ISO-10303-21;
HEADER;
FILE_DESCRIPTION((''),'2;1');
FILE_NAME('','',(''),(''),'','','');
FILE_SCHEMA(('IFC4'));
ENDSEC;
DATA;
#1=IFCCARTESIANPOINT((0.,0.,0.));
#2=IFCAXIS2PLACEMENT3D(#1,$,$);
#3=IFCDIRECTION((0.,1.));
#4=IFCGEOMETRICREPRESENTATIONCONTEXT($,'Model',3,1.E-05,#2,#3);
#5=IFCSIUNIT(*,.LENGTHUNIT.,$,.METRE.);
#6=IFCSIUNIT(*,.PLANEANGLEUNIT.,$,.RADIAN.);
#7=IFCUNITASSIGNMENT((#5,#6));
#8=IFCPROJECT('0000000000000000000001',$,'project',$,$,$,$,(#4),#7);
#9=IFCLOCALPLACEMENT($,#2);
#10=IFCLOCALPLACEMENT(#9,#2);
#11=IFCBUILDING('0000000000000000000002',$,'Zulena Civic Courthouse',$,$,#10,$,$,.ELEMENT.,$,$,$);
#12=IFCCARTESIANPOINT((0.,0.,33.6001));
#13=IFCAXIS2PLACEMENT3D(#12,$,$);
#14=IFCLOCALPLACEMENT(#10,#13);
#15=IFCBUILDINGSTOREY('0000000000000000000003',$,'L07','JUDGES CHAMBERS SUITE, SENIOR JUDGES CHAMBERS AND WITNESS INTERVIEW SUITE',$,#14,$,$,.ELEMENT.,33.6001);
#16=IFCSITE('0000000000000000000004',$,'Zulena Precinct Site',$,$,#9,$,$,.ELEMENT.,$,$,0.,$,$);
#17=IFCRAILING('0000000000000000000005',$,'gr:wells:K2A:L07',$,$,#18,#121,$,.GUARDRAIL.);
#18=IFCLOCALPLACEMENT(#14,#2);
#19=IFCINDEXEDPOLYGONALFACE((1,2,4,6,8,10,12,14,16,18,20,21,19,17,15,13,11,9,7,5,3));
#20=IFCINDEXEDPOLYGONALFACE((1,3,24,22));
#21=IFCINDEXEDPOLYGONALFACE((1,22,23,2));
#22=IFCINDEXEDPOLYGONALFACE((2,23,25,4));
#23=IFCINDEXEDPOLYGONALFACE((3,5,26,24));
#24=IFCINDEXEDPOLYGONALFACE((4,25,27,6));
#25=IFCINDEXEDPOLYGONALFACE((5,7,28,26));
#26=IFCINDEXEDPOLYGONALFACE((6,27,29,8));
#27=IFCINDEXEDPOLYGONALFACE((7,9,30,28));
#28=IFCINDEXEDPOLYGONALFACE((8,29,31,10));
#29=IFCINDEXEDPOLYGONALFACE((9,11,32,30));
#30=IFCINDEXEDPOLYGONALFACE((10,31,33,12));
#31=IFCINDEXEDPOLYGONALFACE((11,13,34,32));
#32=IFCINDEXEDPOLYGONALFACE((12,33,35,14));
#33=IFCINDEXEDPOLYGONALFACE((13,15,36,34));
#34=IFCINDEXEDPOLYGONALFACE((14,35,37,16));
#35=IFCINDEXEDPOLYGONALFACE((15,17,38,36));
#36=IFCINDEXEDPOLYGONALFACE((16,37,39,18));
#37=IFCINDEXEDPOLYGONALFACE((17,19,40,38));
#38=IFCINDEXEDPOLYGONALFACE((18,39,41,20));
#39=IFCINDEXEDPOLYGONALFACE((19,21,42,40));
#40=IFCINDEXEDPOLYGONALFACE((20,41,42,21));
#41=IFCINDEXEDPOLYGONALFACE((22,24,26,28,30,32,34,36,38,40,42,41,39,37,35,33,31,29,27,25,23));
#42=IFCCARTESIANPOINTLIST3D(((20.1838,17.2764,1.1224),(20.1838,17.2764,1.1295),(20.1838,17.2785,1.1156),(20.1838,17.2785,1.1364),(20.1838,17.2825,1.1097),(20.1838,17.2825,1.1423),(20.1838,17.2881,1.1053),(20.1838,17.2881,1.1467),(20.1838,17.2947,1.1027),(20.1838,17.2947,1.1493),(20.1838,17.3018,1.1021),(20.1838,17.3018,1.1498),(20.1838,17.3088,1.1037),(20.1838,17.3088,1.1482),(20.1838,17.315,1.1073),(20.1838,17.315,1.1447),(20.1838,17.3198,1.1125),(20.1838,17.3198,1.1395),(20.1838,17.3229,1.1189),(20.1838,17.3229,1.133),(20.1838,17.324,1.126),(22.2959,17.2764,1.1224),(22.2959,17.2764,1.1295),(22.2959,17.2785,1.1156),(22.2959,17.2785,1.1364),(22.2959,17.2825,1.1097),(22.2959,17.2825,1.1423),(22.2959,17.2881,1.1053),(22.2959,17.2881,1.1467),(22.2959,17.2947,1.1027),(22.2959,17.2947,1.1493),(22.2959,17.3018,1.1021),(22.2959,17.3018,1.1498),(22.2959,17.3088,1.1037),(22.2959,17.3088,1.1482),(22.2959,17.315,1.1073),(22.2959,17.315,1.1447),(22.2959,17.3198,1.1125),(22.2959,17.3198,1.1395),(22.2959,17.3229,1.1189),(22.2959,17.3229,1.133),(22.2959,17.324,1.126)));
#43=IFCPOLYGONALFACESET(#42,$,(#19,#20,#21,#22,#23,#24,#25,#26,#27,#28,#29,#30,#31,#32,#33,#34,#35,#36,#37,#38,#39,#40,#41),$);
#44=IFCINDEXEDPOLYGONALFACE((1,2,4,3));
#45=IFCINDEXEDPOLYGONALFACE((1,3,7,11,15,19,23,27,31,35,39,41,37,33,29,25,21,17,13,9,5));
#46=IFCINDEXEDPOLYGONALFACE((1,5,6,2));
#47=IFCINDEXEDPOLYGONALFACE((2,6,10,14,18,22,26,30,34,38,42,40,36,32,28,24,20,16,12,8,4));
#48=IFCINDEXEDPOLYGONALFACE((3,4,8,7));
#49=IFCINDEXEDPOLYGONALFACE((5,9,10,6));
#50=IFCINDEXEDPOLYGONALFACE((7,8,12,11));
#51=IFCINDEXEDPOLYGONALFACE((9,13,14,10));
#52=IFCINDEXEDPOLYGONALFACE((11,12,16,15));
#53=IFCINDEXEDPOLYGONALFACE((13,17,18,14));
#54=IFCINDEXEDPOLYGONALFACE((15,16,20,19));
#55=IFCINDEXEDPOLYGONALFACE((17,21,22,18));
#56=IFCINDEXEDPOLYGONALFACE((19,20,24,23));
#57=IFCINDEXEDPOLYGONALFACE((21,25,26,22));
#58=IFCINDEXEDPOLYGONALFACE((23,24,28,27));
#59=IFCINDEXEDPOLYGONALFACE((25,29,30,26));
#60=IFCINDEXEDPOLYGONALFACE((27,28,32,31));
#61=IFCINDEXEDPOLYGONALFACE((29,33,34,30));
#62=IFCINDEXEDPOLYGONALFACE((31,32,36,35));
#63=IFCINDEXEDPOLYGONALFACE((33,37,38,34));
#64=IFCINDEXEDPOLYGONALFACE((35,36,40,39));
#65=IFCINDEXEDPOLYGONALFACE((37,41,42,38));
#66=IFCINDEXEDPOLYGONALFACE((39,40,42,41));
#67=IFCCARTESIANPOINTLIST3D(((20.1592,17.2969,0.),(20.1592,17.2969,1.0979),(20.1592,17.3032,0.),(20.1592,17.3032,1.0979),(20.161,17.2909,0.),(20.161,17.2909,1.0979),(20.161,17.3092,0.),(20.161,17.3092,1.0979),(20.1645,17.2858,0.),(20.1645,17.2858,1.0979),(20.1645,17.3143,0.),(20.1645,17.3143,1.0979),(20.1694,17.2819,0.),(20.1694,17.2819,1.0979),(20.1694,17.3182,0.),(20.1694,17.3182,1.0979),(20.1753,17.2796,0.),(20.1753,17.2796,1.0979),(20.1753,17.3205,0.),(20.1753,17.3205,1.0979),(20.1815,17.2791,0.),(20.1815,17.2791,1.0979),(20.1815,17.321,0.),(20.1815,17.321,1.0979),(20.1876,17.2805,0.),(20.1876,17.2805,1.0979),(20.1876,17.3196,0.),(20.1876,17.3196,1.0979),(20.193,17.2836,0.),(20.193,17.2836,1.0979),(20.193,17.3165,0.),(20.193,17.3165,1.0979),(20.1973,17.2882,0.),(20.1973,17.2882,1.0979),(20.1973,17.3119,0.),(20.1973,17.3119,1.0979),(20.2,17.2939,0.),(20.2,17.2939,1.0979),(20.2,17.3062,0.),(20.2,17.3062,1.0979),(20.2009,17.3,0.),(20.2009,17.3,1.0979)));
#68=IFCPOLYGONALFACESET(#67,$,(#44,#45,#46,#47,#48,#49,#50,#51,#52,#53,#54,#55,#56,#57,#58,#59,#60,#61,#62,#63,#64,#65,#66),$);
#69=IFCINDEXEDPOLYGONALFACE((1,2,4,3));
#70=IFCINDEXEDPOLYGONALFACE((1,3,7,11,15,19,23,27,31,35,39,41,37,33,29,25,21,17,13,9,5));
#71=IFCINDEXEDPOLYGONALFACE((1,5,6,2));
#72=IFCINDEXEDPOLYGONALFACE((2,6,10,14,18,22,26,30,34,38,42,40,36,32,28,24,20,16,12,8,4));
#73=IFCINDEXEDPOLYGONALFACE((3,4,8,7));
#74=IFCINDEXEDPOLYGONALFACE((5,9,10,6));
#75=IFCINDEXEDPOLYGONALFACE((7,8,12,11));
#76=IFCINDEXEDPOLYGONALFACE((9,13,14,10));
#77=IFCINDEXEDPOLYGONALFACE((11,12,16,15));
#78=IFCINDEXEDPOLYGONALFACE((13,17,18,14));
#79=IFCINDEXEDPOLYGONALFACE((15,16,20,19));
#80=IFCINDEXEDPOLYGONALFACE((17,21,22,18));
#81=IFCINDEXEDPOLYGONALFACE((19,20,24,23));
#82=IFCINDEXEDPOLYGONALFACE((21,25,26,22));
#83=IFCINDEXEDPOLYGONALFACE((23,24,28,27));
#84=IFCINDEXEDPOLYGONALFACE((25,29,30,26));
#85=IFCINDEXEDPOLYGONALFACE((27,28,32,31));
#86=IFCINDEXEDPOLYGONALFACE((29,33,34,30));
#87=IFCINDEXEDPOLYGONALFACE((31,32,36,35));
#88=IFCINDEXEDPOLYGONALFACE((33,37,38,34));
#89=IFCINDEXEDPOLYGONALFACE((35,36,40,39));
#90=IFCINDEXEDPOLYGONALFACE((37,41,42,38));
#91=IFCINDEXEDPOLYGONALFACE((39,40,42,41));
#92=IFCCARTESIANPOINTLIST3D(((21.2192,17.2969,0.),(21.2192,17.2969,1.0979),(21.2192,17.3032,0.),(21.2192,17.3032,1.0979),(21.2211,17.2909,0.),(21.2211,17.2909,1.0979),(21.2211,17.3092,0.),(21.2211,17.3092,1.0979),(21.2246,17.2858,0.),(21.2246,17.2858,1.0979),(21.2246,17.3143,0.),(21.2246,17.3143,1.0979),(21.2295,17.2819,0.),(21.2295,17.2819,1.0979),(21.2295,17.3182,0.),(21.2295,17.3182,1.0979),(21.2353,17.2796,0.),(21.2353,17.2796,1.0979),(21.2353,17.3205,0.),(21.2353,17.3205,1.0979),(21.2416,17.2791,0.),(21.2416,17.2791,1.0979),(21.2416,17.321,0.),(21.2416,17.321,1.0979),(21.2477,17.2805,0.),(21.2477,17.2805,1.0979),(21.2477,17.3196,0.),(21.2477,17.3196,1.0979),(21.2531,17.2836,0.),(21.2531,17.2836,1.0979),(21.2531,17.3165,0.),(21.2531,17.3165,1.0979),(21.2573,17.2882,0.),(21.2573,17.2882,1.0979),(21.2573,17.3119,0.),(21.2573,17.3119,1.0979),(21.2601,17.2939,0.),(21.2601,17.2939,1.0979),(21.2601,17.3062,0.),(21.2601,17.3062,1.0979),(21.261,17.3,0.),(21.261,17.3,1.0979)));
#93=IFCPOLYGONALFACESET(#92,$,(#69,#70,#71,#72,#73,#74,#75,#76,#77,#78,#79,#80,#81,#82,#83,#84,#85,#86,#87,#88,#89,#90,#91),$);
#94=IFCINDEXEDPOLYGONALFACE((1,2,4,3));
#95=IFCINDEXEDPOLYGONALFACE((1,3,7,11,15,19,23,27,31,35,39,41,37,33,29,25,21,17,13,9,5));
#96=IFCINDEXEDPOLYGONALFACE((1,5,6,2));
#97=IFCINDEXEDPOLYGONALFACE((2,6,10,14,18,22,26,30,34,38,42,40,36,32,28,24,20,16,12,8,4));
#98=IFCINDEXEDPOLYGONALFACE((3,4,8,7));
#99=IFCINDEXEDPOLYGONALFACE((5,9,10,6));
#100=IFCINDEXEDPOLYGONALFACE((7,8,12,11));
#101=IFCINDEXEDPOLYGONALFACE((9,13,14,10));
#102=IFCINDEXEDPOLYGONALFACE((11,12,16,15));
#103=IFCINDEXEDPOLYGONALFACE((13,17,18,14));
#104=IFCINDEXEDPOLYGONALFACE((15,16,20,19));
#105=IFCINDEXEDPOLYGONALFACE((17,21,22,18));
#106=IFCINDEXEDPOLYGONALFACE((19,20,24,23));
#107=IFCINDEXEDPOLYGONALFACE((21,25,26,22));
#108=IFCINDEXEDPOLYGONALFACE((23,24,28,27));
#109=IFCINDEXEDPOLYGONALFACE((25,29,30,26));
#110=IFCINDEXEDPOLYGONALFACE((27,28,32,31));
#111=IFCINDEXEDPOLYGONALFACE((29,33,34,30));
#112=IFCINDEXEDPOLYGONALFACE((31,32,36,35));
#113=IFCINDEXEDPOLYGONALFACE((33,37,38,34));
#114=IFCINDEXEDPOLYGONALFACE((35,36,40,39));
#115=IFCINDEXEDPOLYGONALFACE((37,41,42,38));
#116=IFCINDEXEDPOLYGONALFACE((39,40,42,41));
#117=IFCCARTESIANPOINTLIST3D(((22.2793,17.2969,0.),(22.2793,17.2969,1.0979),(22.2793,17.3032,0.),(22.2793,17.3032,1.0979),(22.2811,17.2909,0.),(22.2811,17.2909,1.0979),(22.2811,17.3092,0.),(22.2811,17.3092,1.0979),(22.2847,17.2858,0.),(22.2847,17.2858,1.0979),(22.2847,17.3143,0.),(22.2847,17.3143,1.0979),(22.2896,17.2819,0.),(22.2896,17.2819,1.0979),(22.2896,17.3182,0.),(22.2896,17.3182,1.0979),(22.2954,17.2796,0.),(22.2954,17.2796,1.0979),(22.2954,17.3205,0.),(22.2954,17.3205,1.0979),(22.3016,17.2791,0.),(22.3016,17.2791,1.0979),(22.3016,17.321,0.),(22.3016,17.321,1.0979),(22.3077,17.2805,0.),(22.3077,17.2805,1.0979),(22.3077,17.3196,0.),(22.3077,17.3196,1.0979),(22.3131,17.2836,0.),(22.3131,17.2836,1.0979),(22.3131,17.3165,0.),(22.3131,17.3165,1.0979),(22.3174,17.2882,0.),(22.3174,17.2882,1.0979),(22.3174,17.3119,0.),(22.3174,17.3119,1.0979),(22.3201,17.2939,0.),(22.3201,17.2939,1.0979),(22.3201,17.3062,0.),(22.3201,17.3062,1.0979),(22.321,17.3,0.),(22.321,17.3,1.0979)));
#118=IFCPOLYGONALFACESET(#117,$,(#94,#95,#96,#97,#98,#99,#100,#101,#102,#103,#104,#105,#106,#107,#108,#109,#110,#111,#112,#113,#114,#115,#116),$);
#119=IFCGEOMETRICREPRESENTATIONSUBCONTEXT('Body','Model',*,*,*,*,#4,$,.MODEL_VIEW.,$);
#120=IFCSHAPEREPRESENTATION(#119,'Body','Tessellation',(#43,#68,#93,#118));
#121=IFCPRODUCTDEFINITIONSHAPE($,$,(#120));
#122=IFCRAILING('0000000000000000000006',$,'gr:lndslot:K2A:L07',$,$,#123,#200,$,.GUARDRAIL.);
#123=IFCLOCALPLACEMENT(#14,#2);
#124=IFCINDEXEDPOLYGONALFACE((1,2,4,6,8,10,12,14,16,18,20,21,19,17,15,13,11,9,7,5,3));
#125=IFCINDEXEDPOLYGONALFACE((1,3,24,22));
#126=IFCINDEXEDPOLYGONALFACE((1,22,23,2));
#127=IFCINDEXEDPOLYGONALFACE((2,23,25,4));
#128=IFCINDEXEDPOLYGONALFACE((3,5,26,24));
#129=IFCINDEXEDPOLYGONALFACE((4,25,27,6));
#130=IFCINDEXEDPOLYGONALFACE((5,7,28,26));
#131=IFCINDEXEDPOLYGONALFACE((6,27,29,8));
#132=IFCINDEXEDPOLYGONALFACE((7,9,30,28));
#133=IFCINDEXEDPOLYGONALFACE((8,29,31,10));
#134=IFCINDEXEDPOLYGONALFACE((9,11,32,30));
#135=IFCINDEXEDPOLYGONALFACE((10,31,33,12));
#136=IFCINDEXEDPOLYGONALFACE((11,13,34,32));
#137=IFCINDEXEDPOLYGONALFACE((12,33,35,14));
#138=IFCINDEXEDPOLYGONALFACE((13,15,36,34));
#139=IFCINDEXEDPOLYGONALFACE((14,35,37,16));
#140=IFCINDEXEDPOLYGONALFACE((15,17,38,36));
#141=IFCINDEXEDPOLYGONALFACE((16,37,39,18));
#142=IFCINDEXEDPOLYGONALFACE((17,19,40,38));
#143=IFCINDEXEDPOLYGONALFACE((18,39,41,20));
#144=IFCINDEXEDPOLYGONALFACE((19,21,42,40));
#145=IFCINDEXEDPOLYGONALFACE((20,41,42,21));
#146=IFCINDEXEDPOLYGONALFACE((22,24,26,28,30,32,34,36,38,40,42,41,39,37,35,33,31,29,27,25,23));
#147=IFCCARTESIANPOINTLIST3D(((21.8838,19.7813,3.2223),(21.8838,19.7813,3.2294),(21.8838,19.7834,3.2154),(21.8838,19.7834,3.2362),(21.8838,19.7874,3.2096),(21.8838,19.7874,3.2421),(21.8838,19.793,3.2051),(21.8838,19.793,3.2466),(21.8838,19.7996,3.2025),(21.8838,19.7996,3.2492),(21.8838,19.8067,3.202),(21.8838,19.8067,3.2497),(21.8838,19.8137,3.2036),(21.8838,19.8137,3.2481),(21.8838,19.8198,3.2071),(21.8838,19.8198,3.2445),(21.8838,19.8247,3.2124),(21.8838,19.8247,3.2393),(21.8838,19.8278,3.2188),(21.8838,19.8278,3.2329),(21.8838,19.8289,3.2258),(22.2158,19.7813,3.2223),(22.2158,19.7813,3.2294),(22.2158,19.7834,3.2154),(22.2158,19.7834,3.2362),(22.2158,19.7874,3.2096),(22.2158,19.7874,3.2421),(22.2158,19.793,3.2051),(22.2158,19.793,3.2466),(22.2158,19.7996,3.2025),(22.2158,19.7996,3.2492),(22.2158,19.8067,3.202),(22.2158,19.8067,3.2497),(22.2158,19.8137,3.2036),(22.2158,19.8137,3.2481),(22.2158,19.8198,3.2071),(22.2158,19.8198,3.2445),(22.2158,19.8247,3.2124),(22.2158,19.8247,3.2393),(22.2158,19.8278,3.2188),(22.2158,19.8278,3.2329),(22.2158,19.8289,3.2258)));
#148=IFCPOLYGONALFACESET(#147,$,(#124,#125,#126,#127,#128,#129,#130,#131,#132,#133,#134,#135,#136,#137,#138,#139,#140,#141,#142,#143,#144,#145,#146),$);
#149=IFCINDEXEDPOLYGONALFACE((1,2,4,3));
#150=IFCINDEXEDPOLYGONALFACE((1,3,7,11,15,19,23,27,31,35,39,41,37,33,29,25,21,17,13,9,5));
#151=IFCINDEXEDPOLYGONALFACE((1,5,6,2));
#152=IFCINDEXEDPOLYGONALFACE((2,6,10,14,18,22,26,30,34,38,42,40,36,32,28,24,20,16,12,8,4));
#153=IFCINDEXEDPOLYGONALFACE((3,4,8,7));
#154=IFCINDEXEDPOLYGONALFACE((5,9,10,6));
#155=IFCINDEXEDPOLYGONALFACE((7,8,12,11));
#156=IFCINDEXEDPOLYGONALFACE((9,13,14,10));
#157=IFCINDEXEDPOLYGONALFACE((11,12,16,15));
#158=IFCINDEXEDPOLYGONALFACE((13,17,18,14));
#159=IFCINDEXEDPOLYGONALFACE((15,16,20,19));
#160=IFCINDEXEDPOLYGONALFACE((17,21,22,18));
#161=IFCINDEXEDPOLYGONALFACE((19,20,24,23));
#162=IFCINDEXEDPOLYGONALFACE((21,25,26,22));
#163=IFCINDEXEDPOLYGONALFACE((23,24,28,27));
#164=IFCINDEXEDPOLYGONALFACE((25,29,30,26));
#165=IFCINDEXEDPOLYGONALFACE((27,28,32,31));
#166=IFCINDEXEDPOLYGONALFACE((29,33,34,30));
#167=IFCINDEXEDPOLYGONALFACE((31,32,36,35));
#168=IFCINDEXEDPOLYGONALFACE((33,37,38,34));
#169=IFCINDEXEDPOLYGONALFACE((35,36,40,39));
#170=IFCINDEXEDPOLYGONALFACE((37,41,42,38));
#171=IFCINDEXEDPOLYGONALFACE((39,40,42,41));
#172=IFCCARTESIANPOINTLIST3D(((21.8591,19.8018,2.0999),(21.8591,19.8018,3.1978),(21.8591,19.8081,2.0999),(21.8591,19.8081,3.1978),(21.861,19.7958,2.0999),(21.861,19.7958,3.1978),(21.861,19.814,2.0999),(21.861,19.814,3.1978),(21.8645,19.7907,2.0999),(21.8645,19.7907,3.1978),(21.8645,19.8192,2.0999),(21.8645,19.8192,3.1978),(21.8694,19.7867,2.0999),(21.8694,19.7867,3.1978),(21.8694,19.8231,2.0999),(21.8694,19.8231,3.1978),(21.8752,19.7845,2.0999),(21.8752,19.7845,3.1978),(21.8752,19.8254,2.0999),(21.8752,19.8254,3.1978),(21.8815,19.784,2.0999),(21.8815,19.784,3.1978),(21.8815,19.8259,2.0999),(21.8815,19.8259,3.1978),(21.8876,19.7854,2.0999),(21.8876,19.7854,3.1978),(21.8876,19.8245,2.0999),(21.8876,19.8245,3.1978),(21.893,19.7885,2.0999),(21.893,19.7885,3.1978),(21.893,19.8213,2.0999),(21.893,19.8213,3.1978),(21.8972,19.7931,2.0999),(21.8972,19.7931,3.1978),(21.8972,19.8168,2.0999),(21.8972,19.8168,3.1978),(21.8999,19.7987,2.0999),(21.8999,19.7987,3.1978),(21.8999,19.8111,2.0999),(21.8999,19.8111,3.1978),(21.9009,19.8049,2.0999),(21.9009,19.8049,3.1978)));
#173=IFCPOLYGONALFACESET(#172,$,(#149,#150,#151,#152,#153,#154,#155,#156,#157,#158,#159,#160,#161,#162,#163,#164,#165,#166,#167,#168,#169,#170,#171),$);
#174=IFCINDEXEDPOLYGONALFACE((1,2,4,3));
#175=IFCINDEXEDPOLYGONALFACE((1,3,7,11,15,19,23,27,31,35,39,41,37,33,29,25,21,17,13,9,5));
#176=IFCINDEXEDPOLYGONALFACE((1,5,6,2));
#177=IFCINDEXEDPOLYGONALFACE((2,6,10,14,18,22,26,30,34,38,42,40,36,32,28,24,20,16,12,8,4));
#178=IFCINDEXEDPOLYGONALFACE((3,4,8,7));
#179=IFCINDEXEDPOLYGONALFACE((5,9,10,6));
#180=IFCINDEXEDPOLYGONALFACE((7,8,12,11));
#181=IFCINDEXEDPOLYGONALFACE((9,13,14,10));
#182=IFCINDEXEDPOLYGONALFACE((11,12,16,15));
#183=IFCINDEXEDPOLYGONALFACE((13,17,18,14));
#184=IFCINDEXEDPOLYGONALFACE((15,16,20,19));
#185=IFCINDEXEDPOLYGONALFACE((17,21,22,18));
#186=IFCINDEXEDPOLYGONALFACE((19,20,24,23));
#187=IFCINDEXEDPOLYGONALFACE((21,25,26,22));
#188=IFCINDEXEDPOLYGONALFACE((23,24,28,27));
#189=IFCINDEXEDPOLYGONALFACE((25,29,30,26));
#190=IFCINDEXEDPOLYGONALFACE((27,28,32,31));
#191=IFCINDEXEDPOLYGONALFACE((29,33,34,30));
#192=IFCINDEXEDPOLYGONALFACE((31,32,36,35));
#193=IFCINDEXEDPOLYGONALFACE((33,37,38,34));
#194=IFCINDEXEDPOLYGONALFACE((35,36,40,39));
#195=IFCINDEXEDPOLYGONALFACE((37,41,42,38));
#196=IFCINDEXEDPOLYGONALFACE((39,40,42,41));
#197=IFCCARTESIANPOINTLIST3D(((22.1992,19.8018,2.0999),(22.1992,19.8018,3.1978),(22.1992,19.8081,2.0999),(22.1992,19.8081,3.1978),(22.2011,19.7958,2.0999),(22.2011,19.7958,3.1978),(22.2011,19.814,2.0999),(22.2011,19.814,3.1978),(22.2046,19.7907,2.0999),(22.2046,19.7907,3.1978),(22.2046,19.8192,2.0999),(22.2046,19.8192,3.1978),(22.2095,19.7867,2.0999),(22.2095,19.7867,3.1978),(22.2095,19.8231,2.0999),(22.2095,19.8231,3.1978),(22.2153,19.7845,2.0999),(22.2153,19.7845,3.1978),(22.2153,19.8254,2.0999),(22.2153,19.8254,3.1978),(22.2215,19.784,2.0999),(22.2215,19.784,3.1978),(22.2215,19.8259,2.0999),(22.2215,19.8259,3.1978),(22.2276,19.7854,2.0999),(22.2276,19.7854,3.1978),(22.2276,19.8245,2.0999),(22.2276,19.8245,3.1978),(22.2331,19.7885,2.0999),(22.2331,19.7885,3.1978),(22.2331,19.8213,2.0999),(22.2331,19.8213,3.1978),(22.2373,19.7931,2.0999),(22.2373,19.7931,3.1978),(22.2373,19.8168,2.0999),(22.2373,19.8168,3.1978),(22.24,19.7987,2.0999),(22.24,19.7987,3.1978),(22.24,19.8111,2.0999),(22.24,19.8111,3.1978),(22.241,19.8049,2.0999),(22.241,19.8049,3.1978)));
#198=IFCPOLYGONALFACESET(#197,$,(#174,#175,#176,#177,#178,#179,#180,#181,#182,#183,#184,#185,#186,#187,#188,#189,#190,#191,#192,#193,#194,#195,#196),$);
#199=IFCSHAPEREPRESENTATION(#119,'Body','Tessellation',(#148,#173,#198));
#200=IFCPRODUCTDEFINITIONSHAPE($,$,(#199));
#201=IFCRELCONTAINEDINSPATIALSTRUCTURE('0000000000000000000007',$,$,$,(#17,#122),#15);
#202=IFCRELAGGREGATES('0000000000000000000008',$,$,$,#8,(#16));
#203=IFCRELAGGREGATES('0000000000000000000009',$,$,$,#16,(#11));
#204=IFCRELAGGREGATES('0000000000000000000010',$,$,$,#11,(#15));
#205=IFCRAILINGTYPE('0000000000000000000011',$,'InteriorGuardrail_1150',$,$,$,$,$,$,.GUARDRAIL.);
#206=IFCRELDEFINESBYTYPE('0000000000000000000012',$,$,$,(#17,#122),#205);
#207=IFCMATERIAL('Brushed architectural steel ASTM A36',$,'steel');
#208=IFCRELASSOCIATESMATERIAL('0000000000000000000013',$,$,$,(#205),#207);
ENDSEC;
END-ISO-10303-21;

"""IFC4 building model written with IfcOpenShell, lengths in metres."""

from ifc_helpers import new_model, si_unit, direction, frame, origin, origin_2d, place, context, subcontext, project, spatial, circle, extrude, material, type_object, element, save


model = new_model("IFC4")

# Units and contexts
model_context = context("Model", 3, precision=1e-05, world=origin(), true_north=direction((0.0, 1.0)))
body_context = subcontext(model_context, "Body", "Model", "MODEL_VIEW")
ifc_project = project(units=[si_unit("LENGTHUNIT", "METRE"), si_unit("PLANEANGLEUNIT", "RADIAN")], contexts=[model_context])

# Site, building, storey
site_placement = place(None, origin())
site = spatial("IfcSite", under=ifc_project, at=site_placement, Name="Zulena Precinct Site", CompositionType="ELEMENT", RefElevation=0.0)
building_placement = place(site_placement, origin())
building = spatial("IfcBuilding", under=site, at=building_placement, Name="Zulena Civic Courthouse", CompositionType="ELEMENT")
storey_placement = place(building_placement, frame((0.0, 0.0, 33.6001)))
storey = spatial("IfcBuildingStorey", under=building, at=storey_placement, Name="L07", Description="JUDGES CHAMBERS SUITE, SENIOR JUDGES CHAMBERS AND WITNESS INTERVIEW SUITE", CompositionType="ELEMENT", Elevation=33.6001)

# Railings
ifc_material_1 = material(Name="Brushed architectural steel ASTM A36", Category="steel")
railing_type_1 = type_object("IfcRailingType", Name="InteriorGuardrail_1150", PredefinedType="GUARDRAIL", material=ifc_material_1)
railing_1_placement = place(storey_placement, frame((20.1799, 17.3, 0.0)))
element("IfcRailing", 1, at=railing_1_placement, inside=storey, type_object=railing_type_1, Name="gr:wells:K2A:L07", PredefinedType="GUARDRAIL", context=body_context, shape_type="SweptSolid", body=[
    extrude(circle(Radius=0.0239, at=origin_2d()), frame((0.0039, 0.0, 1.126), z_axis=(1.0, 0.0, 0.0), x_axis=(0.0, 1.0, 0.0)), (0.0, 0.0, 1.0), 2.1121),
    extrude(circle(Radius=0.021, at=origin_2d()), origin(), (0.0, 0.0, 1.0), 1.0979),
    extrude(circle(Radius=0.021, at=origin_2d()), frame((1.0601, 0.0, 0.0)), (0.0, 0.0, 1.0), 1.0979),
    extrude(circle(Radius=0.021, at=origin_2d()), frame((2.1201, 0.0, 0.0)), (0.0, 0.0, 1.0), 1.0979),
])
railing_2_placement = place(storey_placement, frame((21.8799, 19.8049, 2.0999)))
element("IfcRailing", 2, at=railing_2_placement, inside=storey, type_object=railing_type_1, Name="gr:lndslot:K2A:L07", PredefinedType="GUARDRAIL", context=body_context, shape_type="SweptSolid", body=[
    extrude(circle(Radius=0.0239, at=origin_2d()), frame((0.0039, 0.0, 1.126), z_axis=(1.0, 0.0, 0.0), x_axis=(0.0, 1.0, 0.0)), (0.0, 0.0, 1.0), 0.332),
    extrude(circle(Radius=0.021, at=origin_2d()), origin(), (0.0, 0.0, 1.0), 1.0979),
    extrude(circle(Radius=0.021, at=origin_2d()), frame((0.3401, 0.0, 0.0)), (0.0, 0.0, 1.0), 1.0979),
])

save(model, "model.ifc")
